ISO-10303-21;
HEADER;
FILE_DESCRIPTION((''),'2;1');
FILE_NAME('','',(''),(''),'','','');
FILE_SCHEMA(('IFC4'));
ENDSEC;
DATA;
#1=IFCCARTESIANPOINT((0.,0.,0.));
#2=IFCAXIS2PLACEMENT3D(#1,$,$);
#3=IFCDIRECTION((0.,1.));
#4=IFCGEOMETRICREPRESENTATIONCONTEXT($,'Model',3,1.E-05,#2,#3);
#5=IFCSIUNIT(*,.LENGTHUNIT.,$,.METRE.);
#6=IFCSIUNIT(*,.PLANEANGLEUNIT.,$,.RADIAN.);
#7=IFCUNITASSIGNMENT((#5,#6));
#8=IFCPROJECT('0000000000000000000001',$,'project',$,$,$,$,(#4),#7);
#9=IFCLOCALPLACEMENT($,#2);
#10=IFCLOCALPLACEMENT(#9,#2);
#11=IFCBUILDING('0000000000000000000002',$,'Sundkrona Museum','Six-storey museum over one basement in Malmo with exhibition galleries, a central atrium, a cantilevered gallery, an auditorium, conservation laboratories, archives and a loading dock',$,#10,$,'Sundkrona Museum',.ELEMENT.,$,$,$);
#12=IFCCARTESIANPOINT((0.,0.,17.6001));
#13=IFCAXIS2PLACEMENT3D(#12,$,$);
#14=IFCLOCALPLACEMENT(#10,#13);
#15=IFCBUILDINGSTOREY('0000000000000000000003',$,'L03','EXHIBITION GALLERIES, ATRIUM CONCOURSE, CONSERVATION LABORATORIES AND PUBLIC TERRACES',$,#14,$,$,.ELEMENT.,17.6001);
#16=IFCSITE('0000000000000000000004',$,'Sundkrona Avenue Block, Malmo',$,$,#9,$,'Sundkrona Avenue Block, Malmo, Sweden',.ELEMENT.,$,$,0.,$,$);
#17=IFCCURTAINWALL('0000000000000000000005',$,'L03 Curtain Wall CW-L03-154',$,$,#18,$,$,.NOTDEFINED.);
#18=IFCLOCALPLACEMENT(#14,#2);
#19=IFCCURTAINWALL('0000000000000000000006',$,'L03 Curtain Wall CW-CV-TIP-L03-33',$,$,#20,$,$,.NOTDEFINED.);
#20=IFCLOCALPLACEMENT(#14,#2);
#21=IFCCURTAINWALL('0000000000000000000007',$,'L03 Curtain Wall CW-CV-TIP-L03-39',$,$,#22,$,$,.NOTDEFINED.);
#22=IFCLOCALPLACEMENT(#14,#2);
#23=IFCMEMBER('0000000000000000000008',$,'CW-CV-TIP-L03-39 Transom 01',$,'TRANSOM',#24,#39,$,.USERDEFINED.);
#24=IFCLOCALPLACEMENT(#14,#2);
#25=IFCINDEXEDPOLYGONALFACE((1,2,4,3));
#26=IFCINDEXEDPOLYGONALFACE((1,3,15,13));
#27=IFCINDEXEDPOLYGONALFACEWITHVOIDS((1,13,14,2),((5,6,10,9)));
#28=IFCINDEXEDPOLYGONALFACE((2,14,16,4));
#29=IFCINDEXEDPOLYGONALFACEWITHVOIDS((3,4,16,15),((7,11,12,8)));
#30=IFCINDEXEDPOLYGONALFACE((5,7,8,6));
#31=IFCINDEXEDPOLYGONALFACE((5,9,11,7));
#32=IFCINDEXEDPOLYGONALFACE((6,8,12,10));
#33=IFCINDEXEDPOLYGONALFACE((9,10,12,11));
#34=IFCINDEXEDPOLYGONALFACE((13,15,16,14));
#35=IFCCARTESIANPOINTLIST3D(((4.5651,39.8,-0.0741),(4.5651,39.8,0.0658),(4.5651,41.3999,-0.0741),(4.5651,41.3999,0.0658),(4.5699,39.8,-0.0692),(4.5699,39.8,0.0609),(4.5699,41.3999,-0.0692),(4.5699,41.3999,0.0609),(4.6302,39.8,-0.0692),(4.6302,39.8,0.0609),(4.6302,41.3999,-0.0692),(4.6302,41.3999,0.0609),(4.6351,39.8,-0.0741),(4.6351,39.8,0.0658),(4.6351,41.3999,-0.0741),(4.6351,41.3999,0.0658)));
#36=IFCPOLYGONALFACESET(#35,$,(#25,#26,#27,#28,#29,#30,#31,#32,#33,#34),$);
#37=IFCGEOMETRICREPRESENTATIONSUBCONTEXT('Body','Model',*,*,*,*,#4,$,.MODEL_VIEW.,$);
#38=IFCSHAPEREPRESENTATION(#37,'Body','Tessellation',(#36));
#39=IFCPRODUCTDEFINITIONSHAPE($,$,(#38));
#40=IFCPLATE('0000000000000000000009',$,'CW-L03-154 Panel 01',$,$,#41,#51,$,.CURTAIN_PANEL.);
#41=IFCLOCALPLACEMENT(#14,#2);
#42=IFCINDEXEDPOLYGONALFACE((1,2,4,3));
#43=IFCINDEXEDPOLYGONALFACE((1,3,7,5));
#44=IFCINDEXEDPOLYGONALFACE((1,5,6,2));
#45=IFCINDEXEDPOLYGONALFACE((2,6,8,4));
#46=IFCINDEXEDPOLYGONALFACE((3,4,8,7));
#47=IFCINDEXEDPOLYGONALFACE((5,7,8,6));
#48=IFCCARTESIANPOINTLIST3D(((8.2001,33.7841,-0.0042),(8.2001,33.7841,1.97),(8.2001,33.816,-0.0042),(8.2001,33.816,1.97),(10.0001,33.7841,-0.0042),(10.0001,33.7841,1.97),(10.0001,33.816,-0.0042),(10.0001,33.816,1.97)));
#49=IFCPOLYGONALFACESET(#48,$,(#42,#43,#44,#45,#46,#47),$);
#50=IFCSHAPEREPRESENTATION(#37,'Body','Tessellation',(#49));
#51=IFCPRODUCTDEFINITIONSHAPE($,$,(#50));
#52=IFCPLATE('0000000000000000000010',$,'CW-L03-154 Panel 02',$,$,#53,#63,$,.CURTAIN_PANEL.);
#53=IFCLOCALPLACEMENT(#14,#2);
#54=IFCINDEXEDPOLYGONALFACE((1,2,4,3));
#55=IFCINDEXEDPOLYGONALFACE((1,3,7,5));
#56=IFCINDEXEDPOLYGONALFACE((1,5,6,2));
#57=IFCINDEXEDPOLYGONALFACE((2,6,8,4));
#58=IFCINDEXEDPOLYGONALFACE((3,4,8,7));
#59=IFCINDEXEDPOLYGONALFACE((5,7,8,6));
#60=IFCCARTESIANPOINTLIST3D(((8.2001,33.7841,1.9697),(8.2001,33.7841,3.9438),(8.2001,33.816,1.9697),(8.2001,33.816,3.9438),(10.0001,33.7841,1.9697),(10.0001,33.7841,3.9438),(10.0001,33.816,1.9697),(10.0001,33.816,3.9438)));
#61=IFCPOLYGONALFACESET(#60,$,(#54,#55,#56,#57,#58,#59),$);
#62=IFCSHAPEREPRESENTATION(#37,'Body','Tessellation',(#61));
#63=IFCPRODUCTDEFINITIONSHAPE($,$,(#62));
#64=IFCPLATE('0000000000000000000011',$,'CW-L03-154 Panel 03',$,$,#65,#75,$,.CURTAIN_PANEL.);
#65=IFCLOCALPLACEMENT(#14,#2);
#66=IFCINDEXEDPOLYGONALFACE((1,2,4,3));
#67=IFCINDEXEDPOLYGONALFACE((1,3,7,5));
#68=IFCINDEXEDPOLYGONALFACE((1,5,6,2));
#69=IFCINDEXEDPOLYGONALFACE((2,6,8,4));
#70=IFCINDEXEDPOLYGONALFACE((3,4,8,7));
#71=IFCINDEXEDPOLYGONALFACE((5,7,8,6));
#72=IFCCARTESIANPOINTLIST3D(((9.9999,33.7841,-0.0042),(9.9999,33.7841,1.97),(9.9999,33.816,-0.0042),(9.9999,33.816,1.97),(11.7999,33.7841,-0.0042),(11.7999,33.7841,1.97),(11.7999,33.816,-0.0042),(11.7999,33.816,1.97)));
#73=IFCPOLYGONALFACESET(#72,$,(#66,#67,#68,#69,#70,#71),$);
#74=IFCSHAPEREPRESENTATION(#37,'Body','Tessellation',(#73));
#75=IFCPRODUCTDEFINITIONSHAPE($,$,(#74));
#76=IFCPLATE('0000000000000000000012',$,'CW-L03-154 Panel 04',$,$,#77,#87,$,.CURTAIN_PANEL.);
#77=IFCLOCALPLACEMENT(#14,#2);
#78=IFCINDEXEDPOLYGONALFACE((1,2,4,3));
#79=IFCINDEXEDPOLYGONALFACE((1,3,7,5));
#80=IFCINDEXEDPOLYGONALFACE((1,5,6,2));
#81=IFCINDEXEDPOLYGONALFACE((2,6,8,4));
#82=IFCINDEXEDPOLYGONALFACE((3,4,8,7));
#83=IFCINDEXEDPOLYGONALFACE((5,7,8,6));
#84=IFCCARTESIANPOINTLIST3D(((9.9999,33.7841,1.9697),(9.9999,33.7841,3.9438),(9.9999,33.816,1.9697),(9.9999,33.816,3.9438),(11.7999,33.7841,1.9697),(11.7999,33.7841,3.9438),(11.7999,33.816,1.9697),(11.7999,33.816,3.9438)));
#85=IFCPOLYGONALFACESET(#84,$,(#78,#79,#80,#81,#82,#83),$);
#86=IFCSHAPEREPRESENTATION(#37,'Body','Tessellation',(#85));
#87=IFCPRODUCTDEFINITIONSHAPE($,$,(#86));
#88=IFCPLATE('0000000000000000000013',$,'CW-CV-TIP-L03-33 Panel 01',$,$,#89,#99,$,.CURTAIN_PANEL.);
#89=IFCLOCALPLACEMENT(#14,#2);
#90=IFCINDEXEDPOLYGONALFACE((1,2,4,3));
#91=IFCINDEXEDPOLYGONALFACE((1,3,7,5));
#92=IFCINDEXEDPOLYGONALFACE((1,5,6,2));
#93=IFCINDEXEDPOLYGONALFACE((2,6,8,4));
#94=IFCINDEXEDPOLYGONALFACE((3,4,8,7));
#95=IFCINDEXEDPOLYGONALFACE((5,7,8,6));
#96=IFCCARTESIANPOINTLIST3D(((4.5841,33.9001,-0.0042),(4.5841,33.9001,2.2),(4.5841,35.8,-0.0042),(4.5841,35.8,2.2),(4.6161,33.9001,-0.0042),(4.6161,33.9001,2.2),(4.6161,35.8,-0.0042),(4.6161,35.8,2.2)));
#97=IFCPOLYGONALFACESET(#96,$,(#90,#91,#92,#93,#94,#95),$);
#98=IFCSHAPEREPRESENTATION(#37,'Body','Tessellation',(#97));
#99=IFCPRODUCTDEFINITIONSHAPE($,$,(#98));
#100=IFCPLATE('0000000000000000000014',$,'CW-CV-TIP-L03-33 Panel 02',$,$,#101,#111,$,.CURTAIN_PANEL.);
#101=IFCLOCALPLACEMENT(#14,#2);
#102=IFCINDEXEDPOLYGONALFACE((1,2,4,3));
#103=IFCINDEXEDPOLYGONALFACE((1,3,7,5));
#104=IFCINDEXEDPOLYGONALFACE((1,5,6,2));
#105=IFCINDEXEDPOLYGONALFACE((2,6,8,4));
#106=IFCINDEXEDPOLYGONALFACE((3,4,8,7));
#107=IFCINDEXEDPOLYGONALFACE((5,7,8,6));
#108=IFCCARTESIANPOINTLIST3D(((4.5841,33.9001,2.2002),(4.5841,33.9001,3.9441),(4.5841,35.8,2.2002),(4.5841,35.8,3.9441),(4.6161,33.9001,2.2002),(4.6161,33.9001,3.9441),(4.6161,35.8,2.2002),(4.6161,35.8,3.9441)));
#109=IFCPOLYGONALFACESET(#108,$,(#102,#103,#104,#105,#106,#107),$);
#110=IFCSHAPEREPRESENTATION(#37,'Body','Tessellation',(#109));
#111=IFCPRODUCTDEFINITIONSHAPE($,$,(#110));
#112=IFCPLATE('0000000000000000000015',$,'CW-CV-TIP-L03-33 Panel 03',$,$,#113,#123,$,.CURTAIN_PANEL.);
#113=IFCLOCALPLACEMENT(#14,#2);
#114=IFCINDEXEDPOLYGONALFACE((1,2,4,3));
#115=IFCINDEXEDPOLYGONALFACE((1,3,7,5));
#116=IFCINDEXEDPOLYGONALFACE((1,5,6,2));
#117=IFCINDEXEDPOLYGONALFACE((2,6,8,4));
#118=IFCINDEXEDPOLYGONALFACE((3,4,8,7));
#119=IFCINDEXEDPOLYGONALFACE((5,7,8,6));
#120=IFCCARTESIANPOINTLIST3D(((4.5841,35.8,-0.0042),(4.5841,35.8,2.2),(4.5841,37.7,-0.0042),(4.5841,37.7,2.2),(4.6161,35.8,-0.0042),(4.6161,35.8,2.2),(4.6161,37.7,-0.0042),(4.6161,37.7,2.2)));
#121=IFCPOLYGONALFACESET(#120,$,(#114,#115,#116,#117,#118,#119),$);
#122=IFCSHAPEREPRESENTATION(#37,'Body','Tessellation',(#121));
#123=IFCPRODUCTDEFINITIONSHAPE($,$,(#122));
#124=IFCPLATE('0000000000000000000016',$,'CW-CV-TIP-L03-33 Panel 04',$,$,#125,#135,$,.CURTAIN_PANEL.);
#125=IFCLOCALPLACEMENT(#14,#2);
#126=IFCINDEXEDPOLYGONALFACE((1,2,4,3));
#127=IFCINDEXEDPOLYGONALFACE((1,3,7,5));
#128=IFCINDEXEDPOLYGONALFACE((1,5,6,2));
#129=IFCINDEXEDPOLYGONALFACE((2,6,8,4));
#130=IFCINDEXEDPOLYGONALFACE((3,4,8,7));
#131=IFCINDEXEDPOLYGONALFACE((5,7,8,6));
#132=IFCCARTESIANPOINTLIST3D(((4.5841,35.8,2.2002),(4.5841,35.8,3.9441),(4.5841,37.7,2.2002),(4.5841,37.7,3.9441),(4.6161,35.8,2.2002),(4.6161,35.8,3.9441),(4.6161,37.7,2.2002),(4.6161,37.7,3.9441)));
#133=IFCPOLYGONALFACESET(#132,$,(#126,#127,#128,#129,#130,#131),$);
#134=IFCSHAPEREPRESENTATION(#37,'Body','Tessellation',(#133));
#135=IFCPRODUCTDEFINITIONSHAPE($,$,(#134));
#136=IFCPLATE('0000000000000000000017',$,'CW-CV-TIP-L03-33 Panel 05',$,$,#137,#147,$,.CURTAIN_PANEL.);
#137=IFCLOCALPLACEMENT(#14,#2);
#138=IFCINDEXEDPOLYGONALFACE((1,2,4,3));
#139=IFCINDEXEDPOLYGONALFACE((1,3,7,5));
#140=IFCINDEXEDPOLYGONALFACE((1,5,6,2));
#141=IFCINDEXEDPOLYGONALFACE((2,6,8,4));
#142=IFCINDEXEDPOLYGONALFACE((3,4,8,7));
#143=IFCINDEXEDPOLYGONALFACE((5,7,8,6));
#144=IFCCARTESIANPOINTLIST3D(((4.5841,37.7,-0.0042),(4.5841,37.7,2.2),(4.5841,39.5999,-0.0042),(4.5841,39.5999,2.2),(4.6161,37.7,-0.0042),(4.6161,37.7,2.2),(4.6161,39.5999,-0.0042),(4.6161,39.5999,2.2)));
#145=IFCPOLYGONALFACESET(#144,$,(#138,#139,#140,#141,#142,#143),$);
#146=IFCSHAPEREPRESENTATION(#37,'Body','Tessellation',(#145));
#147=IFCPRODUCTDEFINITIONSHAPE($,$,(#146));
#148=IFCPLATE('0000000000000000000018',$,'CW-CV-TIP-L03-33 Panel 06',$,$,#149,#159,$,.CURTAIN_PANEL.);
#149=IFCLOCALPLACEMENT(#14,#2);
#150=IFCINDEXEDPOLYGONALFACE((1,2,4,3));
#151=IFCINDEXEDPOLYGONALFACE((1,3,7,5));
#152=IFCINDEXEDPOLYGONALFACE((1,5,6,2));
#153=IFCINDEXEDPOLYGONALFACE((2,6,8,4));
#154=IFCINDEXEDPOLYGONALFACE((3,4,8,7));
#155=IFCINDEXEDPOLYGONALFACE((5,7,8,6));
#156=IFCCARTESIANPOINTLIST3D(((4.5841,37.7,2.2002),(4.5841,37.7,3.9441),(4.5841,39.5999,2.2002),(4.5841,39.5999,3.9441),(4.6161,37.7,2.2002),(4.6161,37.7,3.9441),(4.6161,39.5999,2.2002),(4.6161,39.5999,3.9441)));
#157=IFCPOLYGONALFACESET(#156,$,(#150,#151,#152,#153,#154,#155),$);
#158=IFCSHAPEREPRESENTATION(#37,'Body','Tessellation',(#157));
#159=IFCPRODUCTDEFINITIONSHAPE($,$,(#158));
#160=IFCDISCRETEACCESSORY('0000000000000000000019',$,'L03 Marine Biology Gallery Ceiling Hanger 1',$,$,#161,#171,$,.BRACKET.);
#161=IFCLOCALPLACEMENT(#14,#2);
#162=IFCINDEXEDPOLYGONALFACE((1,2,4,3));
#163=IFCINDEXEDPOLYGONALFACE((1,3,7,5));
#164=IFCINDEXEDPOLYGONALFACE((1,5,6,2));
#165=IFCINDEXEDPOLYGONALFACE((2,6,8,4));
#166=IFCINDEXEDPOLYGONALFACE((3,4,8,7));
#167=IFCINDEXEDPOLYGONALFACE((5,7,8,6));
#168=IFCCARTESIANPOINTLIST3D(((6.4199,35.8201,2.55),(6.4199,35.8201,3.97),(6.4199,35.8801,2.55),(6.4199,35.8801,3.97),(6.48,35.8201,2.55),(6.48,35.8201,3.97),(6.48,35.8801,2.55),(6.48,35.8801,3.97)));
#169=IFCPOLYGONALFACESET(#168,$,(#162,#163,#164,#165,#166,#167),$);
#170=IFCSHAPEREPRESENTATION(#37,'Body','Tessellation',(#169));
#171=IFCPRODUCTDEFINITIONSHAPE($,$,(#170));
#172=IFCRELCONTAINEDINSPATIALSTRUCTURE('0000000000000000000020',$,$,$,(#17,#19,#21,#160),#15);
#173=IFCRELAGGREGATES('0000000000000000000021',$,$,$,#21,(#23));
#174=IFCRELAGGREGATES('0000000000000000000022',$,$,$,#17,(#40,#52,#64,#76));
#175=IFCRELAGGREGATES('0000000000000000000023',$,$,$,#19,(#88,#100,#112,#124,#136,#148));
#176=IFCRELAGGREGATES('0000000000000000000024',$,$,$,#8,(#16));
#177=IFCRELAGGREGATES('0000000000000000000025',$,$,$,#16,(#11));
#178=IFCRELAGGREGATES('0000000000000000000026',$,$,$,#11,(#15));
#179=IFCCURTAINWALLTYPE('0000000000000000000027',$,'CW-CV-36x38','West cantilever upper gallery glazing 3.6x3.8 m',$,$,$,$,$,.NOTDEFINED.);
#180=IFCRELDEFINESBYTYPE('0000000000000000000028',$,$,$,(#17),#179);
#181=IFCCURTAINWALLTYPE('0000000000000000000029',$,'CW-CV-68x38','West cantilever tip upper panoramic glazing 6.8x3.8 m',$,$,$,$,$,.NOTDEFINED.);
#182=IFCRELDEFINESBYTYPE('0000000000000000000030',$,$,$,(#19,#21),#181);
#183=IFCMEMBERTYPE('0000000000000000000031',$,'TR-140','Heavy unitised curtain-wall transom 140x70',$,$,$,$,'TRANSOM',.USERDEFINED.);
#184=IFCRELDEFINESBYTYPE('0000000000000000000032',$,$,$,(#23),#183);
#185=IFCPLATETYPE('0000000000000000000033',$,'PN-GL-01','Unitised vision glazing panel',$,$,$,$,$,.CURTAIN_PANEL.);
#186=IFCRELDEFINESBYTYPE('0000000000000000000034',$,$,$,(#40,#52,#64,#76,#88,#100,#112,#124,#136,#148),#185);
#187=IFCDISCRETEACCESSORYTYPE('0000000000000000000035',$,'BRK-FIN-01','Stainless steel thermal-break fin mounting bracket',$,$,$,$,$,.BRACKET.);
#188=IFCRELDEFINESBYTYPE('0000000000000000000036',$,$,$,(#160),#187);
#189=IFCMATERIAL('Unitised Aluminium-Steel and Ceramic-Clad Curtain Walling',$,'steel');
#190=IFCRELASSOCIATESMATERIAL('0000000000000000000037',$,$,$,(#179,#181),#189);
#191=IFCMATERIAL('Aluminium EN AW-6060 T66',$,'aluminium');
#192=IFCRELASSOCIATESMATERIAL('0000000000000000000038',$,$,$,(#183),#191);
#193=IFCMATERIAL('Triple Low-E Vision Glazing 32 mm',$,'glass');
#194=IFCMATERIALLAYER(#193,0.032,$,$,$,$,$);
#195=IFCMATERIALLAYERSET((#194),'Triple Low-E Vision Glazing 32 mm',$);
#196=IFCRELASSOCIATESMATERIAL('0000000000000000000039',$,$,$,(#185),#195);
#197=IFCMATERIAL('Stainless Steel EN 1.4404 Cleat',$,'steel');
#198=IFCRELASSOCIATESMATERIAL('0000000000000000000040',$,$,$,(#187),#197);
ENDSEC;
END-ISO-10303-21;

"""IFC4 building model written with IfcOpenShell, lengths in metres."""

from ifc_helpers import new_model, si_unit, direction, frame, origin, origin_2d, place, context, subcontext, project, spatial, rectangle, hollow_rectangle, extrude, material, layer, layer_set, material_profile, profile_set, type_object, element, aggregate, save


model = new_model("IFC4")

# Units and contexts
model_context = context("Model", 3, precision=1e-05, world=origin(), true_north=direction((0.0, 1.0)))
body_context = subcontext(model_context, "Body", "Model", "MODEL_VIEW")
ifc_project = project(units=[si_unit("LENGTHUNIT", "METRE"), si_unit("PLANEANGLEUNIT", "RADIAN")], contexts=[model_context])

# Site, building, storey
site_placement = place(None, origin())
site = spatial("IfcSite", under=ifc_project, at=site_placement, Name="Sundkrona Avenue Block, Malmo", LongName="Sundkrona Avenue Block, Malmo, Sweden", CompositionType="ELEMENT", RefElevation=0.0)
building_placement = place(site_placement, origin())
building = spatial("IfcBuilding", under=site, at=building_placement, Name="Sundkrona Museum", Description="Six-storey museum over one basement in Malmo with exhibition galleries, a central atrium, a cantilevered gallery, an auditorium, conservation laboratories, archives and a loading dock", LongName="Sundkrona Museum", CompositionType="ELEMENT")
storey_placement = place(building_placement, frame((0.0, 0.0, 17.6001)))
storey = spatial("IfcBuildingStorey", under=building, at=storey_placement, Name="L03", Description="EXHIBITION GALLERIES, ATRIUM CONCOURSE, CONSERVATION LABORATORIES AND PUBLIC TERRACES", CompositionType="ELEMENT", Elevation=17.6001)

# Curtain wall
ifc_material_1 = material(Name="Unitised Aluminium-Steel and Ceramic-Clad Curtain Walling", Category="steel")
curtain_wall_type_1 = type_object("IfcCurtainWallType", Name="CW-CV-36x38", Description="West cantilever upper gallery glazing 3.6x3.8 m", PredefinedType="NOTDEFINED", material=ifc_material_1)
curtain_wall_1_placement = place(storey_placement, origin())
curtain_wall_1 = element("IfcCurtainWall", 1, at=curtain_wall_1_placement, inside=storey, type_object=curtain_wall_type_1, Name="L03 Curtain Wall CW-L03-154", PredefinedType="NOTDEFINED")
ifc_material_2 = material(Name="Aluminium EN AW-6060 T66", Category="aluminium")

# Curtain wall
curtain_wall_type_2 = type_object("IfcCurtainWallType", Name="CW-CV-68x38", Description="West cantilever tip upper panoramic glazing 6.8x3.8 m", PredefinedType="NOTDEFINED", material=ifc_material_1)
curtain_wall_2_placement = place(storey_placement, origin())
curtain_wall_2 = element("IfcCurtainWall", 2, at=curtain_wall_2_placement, inside=storey, type_object=curtain_wall_type_2, Name="L03 Curtain Wall CW-CV-TIP-L03-33", PredefinedType="NOTDEFINED")

# Curtain wall
curtain_wall_3_placement = place(storey_placement, origin())
curtain_wall_3 = element("IfcCurtainWall", 3, at=curtain_wall_3_placement, inside=storey, type_object=curtain_wall_type_2, Name="L03 Curtain Wall CW-CV-TIP-L03-39", PredefinedType="NOTDEFINED")

# Member
ifc_material_profile_1 = material_profile(ifc_material_2, hollow_rectangle(XDim=0.0701, YDim=0.1399, WallThickness=0.0049, at=origin_2d()), Name="RHS 140x70x5.0")
ifc_profile_set_1 = profile_set([ifc_material_profile_1], Name="Aluminium EN AW-6060 T66")
member_type_1 = type_object("IfcMemberType", Name="TR-140", Description="Heavy unitised curtain-wall transom 140x70", ElementType="TRANSOM", PredefinedType="USERDEFINED", material=ifc_profile_set_1)
member_1_placement = place(storey_placement, frame((4.6001, 39.8, -0.0042), z_axis=(0.0, 1.0, 0.0), x_axis=(-1.0, 0.0, 0.0)))
member_1 = element("IfcMember", 4, at=member_1_placement, type_object=member_type_1, Name="CW-CV-TIP-L03-39 Transom 01", ObjectType="TRANSOM", PredefinedType="USERDEFINED", context=body_context, shape_type="SweptSolid", body=[
    extrude(hollow_rectangle(XDim=0.0701, YDim=0.1399, WallThickness=0.0049, at=origin_2d()), origin(), (0.0, 0.0, 1.0), 1.5999),
])
aggregate(curtain_wall_3, [member_1])

# Plates
ifc_material_3 = material(Name="Triple Low-E Vision Glazing 32 mm", Category="glass")
ifc_layer = layer(ifc_material_3, 0.032)
ifc_layer_set = layer_set([ifc_layer], Name="Triple Low-E Vision Glazing 32 mm")
plate_type = type_object("IfcPlateType", Name="PN-GL-01", Description="Unitised vision glazing panel", PredefinedType="CURTAIN_PANEL", material=ifc_layer_set)
plate_1_placement = place(storey_placement, frame((9.1001, 33.8, -0.0042), z_axis=(0.0, 0.0, 1.0), x_axis=(1.0, 0.0, 0.0)))
plate_1 = element("IfcPlate", 5, at=plate_1_placement, type_object=plate_type, Name="CW-L03-154 Panel 01", PredefinedType="CURTAIN_PANEL", context=body_context, shape_type="SweptSolid", body=[
    extrude(rectangle(XDim=1.8, YDim=0.032, at=origin_2d()), origin(), (0.0, 0.0, 1.0), 1.9741),
])
plate_2_placement = place(storey_placement, frame((9.1001, 33.8, 1.9697), z_axis=(0.0, 0.0, 1.0), x_axis=(1.0, 0.0, 0.0)))
plate_2 = element("IfcPlate", 6, at=plate_2_placement, type_object=plate_type, Name="CW-L03-154 Panel 02", PredefinedType="CURTAIN_PANEL", context=body_context, shape_type="SweptSolid", body=[
    extrude(rectangle(XDim=1.8, YDim=0.032, at=origin_2d()), origin(), (0.0, 0.0, 1.0), 1.9741),
])
plate_3_placement = place(storey_placement, frame((10.8999, 33.8, -0.0042), z_axis=(0.0, 0.0, 1.0), x_axis=(1.0, 0.0, 0.0)))
plate_3 = element("IfcPlate", 7, at=plate_3_placement, type_object=plate_type, Name="CW-L03-154 Panel 03", PredefinedType="CURTAIN_PANEL", context=body_context, shape_type="SweptSolid", body=[
    extrude(rectangle(XDim=1.8, YDim=0.032, at=origin_2d()), origin(), (0.0, 0.0, 1.0), 1.9741),
])
plate_4_placement = place(storey_placement, frame((10.8999, 33.8, 1.9697), z_axis=(0.0, 0.0, 1.0), x_axis=(1.0, 0.0, 0.0)))
plate_4 = element("IfcPlate", 8, at=plate_4_placement, type_object=plate_type, Name="CW-L03-154 Panel 04", PredefinedType="CURTAIN_PANEL", context=body_context, shape_type="SweptSolid", body=[
    extrude(rectangle(XDim=1.8, YDim=0.032, at=origin_2d()), origin(), (0.0, 0.0, 1.0), 1.9741),
])
aggregate(curtain_wall_1, [plate_1, plate_2, plate_3, plate_4])
plate_5_placement = place(storey_placement, frame((4.6001, 34.8501, -0.0042), z_axis=(0.0, 0.0, 1.0), x_axis=(0.0, 1.0, 0.0)))
plate_5 = element("IfcPlate", 9, at=plate_5_placement, type_object=plate_type, Name="CW-CV-TIP-L03-33 Panel 01", PredefinedType="CURTAIN_PANEL", context=body_context, shape_type="SweptSolid", body=[
    extrude(rectangle(XDim=1.8999, YDim=0.032, at=origin_2d()), origin(), (0.0, 0.0, 1.0), 2.2041),
])
plate_6_placement = place(storey_placement, frame((4.6001, 34.8501, 2.2002), z_axis=(0.0, 0.0, 1.0), x_axis=(0.0, 1.0, 0.0)))
plate_6 = element("IfcPlate", 10, at=plate_6_placement, type_object=plate_type, Name="CW-CV-TIP-L03-33 Panel 02", PredefinedType="CURTAIN_PANEL", context=body_context, shape_type="SweptSolid", body=[
    extrude(rectangle(XDim=1.8999, YDim=0.032, at=origin_2d()), origin(), (0.0, 0.0, 1.0), 1.7439),
])
plate_7_placement = place(storey_placement, frame((4.6001, 36.75, -0.0042), z_axis=(0.0, 0.0, 1.0), x_axis=(0.0, 1.0, 0.0)))
plate_7 = element("IfcPlate", 11, at=plate_7_placement, type_object=plate_type, Name="CW-CV-TIP-L03-33 Panel 03", PredefinedType="CURTAIN_PANEL", context=body_context, shape_type="SweptSolid", body=[
    extrude(rectangle(XDim=1.8999, YDim=0.032, at=origin_2d()), origin(), (0.0, 0.0, 1.0), 2.2041),
])
plate_8_placement = place(storey_placement, frame((4.6001, 36.75, 2.2002), z_axis=(0.0, 0.0, 1.0), x_axis=(0.0, 1.0, 0.0)))
plate_8 = element("IfcPlate", 12, at=plate_8_placement, type_object=plate_type, Name="CW-CV-TIP-L03-33 Panel 04", PredefinedType="CURTAIN_PANEL", context=body_context, shape_type="SweptSolid", body=[
    extrude(rectangle(XDim=1.8999, YDim=0.032, at=origin_2d()), origin(), (0.0, 0.0, 1.0), 1.7439),
])
plate_9_placement = place(storey_placement, frame((4.6001, 38.6499, -0.0042), z_axis=(0.0, 0.0, 1.0), x_axis=(0.0, 1.0, 0.0)))
plate_9 = element("IfcPlate", 13, at=plate_9_placement, type_object=plate_type, Name="CW-CV-TIP-L03-33 Panel 05", PredefinedType="CURTAIN_PANEL", context=body_context, shape_type="SweptSolid", body=[
    extrude(rectangle(XDim=1.8999, YDim=0.032, at=origin_2d()), origin(), (0.0, 0.0, 1.0), 2.2041),
])
plate_10_placement = place(storey_placement, frame((4.6001, 38.6499, 2.2002), z_axis=(0.0, 0.0, 1.0), x_axis=(0.0, 1.0, 0.0)))
plate_10 = element("IfcPlate", 14, at=plate_10_placement, type_object=plate_type, Name="CW-CV-TIP-L03-33 Panel 06", PredefinedType="CURTAIN_PANEL", context=body_context, shape_type="SweptSolid", body=[
    extrude(rectangle(XDim=1.8999, YDim=0.032, at=origin_2d()), origin(), (0.0, 0.0, 1.0), 1.7439),
])
aggregate(curtain_wall_2, [plate_5, plate_6, plate_7, plate_8, plate_9, plate_10])

# Discrete accessory
ifc_material_4 = material(Name="Stainless Steel EN 1.4404 Cleat", Category="steel")
discrete_accessory_type = type_object("IfcDiscreteAccessoryType", Name="BRK-FIN-01", Description="Stainless steel thermal-break fin mounting bracket", PredefinedType="BRACKET", material=ifc_material_4)
discrete_accessory_placement = place(storey_placement, frame((6.45, 35.8501, 2.55), z_axis=(0.0, 0.0, 1.0), x_axis=(1.0, 0.0, 0.0)))
element("IfcDiscreteAccessory", 15, at=discrete_accessory_placement, inside=storey, type_object=discrete_accessory_type, Name="L03 Marine Biology Gallery Ceiling Hanger 1", PredefinedType="BRACKET", context=body_context, shape_type="SweptSolid", body=[
    extrude(rectangle(XDim=0.0601, YDim=0.0601, at=origin_2d()), origin(), (0.0, 0.0, 1.0), 1.4199),
])

save(model, "model.ifc")
